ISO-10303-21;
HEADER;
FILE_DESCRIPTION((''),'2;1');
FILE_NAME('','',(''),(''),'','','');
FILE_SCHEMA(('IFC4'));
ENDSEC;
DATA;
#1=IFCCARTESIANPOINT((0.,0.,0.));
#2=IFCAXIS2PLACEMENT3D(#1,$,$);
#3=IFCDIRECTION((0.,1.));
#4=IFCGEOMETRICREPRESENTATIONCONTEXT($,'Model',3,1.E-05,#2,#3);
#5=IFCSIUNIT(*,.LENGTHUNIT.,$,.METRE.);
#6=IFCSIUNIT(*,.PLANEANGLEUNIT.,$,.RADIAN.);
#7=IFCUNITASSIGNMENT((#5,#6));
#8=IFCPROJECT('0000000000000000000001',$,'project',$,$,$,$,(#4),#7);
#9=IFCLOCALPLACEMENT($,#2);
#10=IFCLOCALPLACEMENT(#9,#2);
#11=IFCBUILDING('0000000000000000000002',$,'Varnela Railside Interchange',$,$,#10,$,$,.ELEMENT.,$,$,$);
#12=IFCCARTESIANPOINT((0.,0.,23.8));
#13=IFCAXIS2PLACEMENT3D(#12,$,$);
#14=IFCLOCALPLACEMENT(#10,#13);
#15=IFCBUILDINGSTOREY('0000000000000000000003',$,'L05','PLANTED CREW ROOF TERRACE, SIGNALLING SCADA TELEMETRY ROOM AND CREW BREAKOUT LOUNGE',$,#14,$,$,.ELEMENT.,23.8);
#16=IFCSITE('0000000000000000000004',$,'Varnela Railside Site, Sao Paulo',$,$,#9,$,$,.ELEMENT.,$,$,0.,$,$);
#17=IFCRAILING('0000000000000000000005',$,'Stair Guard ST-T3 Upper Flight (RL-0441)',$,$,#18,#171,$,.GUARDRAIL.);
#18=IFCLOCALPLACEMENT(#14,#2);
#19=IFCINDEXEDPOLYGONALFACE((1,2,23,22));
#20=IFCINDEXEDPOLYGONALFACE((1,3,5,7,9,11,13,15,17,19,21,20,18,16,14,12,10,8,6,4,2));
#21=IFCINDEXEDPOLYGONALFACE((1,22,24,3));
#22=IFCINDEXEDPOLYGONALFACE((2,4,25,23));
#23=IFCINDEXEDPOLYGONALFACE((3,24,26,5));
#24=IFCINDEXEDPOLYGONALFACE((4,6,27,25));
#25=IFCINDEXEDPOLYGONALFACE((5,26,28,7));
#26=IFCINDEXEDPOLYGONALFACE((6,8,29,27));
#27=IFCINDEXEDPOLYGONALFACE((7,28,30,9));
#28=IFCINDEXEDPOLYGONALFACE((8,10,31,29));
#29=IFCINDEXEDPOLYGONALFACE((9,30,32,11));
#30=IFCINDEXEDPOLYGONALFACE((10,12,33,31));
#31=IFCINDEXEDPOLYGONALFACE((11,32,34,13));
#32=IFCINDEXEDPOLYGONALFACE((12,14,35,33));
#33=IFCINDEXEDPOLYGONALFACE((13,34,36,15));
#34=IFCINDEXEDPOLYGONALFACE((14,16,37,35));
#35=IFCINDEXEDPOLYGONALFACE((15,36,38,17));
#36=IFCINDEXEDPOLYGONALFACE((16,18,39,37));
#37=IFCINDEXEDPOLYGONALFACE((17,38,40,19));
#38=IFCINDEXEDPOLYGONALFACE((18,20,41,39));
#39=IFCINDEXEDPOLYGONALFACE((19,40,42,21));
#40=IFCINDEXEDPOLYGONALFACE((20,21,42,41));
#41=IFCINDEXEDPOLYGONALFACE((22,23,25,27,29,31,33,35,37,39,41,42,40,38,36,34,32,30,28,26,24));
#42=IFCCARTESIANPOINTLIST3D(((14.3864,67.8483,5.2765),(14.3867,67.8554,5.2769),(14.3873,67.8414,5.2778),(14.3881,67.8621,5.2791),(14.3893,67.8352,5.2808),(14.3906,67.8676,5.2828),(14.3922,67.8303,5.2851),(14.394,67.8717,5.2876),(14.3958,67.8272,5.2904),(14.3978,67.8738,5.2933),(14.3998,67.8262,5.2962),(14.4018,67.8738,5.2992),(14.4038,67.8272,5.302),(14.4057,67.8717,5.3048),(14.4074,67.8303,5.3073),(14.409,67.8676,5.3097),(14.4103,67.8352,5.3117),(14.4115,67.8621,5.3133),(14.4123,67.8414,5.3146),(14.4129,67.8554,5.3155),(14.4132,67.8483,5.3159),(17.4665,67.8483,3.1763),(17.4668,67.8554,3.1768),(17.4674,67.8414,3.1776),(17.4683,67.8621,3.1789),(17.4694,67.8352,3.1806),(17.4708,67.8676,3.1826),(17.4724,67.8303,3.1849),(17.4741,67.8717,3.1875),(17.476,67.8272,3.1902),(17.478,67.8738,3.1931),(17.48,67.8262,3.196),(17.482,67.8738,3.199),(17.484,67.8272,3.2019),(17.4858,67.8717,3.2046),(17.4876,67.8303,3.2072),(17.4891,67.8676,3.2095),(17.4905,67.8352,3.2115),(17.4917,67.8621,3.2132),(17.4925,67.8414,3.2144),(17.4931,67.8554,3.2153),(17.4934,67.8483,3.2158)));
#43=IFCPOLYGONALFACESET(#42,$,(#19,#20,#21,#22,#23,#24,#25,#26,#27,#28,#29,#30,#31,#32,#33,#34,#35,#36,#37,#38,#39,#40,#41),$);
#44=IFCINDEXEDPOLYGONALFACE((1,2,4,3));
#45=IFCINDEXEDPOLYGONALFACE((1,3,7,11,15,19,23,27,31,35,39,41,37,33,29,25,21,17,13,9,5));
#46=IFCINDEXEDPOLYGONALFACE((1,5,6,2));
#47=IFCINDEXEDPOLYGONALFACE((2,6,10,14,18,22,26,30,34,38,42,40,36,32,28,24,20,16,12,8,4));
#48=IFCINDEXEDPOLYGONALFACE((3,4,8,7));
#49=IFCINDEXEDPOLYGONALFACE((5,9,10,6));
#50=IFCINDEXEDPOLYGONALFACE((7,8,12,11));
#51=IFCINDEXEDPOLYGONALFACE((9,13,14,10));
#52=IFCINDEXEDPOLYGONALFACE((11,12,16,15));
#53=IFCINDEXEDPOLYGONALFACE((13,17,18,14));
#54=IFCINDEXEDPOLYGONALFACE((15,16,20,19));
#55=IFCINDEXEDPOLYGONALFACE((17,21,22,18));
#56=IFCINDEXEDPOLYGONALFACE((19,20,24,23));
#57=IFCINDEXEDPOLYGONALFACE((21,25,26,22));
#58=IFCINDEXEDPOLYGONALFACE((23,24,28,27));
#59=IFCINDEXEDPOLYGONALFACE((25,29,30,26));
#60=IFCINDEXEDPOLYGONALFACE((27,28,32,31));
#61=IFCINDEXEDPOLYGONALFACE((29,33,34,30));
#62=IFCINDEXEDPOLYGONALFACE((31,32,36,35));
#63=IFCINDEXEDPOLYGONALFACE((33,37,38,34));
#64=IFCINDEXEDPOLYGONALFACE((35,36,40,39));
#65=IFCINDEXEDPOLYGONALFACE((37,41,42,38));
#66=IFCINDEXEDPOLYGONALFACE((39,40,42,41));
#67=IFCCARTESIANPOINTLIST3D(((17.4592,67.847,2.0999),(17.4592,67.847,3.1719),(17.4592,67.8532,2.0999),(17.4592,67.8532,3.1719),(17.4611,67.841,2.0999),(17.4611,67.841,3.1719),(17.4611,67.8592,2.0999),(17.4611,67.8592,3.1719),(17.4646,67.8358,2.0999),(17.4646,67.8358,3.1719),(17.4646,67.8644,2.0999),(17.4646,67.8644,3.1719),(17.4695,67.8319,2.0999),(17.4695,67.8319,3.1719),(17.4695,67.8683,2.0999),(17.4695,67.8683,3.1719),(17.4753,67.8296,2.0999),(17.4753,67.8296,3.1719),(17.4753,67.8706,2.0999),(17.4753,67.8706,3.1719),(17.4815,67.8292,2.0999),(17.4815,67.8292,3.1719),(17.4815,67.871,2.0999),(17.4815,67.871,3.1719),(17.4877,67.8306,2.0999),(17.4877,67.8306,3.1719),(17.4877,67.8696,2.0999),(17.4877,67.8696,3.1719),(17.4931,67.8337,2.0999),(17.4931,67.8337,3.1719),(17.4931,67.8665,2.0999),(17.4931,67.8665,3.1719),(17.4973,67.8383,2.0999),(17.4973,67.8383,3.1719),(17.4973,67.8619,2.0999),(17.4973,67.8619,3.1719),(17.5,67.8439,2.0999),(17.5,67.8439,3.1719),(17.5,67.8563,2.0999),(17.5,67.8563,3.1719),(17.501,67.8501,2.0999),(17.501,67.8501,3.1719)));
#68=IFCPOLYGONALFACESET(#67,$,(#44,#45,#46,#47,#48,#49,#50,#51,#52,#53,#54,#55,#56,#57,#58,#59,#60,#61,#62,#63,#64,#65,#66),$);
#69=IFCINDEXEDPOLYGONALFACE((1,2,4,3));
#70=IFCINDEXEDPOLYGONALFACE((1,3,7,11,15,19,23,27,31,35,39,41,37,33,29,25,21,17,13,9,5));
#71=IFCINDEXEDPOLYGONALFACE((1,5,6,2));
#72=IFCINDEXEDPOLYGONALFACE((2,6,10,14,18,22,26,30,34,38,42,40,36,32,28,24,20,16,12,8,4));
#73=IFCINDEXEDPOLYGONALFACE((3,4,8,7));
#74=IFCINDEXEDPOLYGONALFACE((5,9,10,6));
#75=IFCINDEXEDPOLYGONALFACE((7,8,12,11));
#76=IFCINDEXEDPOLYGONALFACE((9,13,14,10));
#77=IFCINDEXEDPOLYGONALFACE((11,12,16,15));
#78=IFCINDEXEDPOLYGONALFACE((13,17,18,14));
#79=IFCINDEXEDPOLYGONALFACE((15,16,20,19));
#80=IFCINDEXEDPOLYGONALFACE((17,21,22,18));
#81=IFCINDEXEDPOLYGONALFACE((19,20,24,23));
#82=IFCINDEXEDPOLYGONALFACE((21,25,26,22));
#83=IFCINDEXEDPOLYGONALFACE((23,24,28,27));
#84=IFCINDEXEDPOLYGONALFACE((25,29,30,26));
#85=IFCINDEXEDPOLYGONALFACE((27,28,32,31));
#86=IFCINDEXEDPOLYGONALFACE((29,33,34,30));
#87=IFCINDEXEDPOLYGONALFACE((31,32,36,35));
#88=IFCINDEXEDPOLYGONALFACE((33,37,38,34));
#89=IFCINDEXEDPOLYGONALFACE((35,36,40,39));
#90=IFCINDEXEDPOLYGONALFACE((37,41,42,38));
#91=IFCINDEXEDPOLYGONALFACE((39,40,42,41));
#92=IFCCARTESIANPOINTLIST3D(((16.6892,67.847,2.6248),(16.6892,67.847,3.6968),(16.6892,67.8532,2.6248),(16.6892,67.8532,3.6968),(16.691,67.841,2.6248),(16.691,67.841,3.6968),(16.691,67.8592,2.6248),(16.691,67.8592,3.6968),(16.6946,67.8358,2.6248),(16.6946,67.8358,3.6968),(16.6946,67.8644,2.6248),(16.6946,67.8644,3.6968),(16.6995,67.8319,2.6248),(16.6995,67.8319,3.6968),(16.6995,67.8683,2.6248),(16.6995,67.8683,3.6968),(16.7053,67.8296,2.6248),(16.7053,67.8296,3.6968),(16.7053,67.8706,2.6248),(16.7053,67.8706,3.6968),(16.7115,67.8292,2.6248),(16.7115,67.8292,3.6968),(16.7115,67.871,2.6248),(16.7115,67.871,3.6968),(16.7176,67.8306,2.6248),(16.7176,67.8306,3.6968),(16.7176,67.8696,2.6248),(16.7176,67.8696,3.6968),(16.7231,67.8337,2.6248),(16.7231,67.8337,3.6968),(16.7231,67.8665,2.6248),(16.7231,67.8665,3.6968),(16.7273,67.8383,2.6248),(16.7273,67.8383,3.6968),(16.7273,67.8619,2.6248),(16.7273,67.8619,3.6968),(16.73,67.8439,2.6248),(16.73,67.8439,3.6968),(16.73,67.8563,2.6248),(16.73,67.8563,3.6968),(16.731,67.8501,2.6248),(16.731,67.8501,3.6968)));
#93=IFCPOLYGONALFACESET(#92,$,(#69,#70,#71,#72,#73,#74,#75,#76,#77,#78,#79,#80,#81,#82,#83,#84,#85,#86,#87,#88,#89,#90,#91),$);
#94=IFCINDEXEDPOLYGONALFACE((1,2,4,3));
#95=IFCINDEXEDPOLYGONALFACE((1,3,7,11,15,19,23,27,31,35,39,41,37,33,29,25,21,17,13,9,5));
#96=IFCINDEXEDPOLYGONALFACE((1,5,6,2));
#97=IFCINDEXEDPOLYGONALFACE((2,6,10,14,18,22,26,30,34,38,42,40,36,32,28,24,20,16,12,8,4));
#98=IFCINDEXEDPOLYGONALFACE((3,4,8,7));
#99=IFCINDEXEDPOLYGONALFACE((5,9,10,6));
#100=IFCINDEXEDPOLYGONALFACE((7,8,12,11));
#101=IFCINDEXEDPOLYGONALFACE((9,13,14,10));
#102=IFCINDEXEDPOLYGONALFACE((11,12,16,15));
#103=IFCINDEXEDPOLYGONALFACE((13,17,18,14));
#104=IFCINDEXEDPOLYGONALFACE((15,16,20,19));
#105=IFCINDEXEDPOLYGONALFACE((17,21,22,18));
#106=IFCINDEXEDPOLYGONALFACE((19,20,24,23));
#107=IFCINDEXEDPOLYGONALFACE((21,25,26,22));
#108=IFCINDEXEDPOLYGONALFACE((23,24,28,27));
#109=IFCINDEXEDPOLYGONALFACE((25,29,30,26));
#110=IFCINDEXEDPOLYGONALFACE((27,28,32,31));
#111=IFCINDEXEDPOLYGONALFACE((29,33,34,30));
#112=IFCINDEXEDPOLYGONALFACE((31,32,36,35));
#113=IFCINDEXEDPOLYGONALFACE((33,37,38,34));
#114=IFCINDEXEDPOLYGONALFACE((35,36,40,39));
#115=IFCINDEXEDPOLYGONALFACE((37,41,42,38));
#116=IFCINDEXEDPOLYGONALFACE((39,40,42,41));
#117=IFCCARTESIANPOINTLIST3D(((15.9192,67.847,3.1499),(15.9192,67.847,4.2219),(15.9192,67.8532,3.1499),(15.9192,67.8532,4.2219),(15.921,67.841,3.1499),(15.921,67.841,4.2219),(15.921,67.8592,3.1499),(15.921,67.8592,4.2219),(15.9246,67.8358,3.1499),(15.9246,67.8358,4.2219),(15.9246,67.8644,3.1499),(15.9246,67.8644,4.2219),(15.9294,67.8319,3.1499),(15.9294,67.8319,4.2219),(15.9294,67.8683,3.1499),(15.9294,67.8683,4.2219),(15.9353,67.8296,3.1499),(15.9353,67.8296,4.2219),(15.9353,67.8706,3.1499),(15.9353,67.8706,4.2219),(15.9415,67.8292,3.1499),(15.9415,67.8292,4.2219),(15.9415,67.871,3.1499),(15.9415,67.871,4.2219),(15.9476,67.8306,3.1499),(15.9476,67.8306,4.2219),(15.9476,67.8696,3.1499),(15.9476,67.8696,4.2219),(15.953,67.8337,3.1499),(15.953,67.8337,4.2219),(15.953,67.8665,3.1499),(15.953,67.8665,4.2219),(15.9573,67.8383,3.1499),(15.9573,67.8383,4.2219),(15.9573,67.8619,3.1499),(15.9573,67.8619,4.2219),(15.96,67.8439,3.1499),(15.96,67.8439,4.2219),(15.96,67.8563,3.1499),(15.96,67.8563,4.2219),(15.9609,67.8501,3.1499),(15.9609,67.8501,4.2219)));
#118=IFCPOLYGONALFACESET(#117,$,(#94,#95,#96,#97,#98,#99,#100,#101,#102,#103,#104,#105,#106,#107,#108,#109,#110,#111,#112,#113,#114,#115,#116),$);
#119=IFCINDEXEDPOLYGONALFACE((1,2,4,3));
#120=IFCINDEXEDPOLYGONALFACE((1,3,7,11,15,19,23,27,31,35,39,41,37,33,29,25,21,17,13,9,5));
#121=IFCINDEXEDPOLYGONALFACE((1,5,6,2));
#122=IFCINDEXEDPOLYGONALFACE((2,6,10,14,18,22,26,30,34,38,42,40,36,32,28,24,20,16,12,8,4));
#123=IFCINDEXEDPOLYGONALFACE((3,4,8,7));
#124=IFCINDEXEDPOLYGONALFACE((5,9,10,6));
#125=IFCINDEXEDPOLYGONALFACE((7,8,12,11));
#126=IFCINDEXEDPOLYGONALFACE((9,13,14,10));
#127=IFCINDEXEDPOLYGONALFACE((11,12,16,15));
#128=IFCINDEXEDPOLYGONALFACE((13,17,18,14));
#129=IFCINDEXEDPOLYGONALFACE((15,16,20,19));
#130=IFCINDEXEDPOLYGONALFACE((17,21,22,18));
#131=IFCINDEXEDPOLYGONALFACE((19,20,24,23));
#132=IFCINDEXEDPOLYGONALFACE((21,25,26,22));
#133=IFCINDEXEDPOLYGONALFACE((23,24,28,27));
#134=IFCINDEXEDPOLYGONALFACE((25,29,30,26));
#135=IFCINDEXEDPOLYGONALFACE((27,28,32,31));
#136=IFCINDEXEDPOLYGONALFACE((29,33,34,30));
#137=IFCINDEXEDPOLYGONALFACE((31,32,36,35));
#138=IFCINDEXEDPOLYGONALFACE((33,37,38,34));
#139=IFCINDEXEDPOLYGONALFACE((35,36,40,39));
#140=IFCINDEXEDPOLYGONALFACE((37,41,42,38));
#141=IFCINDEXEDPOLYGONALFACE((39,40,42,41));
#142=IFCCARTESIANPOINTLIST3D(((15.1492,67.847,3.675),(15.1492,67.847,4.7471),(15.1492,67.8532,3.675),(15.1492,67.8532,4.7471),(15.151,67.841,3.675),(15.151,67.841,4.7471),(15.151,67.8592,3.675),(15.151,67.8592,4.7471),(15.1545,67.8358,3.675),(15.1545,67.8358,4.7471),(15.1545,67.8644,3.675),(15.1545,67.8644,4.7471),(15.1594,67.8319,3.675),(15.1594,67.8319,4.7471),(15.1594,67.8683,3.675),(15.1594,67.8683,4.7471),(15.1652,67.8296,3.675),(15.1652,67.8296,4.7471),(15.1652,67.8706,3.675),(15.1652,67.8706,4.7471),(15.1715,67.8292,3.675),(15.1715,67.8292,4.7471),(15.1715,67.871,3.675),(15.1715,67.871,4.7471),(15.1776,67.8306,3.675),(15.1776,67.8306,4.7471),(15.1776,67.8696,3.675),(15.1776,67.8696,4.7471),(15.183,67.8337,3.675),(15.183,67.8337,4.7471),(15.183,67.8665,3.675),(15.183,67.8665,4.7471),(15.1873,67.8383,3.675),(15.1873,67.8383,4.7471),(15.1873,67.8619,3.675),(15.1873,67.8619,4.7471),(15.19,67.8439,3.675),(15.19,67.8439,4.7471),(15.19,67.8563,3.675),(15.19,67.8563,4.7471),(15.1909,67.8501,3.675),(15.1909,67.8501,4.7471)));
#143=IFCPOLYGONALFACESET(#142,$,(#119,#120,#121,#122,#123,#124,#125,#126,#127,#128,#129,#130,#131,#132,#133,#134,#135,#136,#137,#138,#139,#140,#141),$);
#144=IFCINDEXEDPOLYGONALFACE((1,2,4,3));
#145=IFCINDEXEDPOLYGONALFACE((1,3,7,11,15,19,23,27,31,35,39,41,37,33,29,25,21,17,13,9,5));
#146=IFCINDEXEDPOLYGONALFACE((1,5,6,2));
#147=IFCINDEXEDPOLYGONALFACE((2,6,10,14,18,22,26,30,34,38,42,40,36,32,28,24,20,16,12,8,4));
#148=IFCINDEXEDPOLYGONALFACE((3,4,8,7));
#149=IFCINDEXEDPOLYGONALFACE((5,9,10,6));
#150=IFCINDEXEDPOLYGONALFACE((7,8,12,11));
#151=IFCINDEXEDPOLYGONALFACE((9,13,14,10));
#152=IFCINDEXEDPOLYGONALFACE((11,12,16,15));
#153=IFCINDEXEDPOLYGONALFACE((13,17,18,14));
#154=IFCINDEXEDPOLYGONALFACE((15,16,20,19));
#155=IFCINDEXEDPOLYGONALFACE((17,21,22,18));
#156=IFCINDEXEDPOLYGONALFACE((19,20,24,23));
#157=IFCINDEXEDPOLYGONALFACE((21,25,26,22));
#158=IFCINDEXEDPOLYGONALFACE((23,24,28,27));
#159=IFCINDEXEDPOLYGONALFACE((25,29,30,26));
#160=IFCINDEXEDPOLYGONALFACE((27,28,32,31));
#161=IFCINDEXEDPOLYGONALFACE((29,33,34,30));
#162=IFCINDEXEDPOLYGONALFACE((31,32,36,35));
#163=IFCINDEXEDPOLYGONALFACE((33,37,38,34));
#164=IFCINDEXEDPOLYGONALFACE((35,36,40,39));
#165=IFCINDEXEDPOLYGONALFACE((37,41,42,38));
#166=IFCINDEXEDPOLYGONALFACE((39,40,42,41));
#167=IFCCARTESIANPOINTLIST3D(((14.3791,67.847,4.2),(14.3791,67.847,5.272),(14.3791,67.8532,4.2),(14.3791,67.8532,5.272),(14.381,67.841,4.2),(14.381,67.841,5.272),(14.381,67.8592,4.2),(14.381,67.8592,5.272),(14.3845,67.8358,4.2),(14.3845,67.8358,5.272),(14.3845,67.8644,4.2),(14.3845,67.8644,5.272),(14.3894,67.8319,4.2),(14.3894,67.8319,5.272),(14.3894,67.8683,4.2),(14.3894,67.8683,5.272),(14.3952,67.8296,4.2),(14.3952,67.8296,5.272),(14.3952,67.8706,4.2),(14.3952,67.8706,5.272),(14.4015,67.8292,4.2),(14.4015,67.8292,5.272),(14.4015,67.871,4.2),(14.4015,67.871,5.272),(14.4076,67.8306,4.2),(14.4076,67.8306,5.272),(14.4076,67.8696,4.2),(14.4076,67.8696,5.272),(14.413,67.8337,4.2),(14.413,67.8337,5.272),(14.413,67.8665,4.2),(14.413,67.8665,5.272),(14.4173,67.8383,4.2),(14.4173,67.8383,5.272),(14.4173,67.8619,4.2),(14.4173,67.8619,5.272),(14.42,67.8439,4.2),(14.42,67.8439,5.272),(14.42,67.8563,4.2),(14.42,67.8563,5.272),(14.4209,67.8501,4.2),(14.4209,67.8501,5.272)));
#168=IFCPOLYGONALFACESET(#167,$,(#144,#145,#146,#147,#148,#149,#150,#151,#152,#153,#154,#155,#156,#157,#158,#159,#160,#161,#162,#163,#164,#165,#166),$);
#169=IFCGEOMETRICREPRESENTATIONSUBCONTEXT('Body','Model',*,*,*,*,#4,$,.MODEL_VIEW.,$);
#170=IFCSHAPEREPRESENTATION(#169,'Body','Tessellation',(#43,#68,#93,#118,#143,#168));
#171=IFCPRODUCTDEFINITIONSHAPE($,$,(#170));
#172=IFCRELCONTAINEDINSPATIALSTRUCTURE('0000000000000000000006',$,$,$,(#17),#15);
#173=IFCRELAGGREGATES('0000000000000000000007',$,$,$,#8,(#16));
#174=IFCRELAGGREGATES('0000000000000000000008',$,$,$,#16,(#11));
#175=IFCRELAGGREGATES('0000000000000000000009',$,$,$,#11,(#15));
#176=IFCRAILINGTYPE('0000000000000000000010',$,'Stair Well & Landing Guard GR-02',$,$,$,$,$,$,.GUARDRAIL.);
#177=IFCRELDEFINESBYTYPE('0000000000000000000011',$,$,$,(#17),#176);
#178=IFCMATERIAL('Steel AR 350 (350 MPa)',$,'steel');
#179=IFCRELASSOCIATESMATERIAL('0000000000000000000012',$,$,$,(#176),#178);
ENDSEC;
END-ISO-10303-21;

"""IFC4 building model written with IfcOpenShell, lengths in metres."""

from ifc_helpers import new_model, si_unit, direction, frame, origin, origin_2d, place, context, subcontext, project, spatial, circle, extrude, material, type_object, element, save


model = new_model("IFC4")

# Units and contexts
model_context = context("Model", 3, precision=1e-05, world=origin(), true_north=direction((0.0, 1.0)))
body_context = subcontext(model_context, "Body", "Model", "MODEL_VIEW")
ifc_project = project(units=[si_unit("LENGTHUNIT", "METRE"), si_unit("PLANEANGLEUNIT", "RADIAN")], contexts=[model_context])

# Site, building, storey
site_placement = place(None, origin())
site = spatial("IfcSite", under=ifc_project, at=site_placement, Name="Varnela Railside Site, Sao Paulo", CompositionType="ELEMENT", RefElevation=0.0)
building_placement = place(site_placement, origin())
building = spatial("IfcBuilding", under=site, at=building_placement, Name="Varnela Railside Interchange", CompositionType="ELEMENT")
storey_placement = place(building_placement, frame((0.0, 0.0, 23.8)))
storey = spatial("IfcBuildingStorey", under=building, at=storey_placement, Name="L05", Description="PLANTED CREW ROOF TERRACE, SIGNALLING SCADA TELEMETRY ROOM AND CREW BREAKOUT LOUNGE", CompositionType="ELEMENT", Elevation=23.8)

# Shared definitions
ifc_material_1 = material(Name="Steel AR 350 (350 MPa)", Category="steel")

# Railing
railing_type = type_object("IfcRailingType", Name="Stair Well & Landing Guard GR-02", PredefinedType="GUARDRAIL", material=ifc_material_1)
railing_placement = place(storey_placement, frame((17.48, 67.8501, 2.0999)))
element("IfcRailing", 1, at=railing_placement, inside=storey, type_object=railing_type, Name="Stair Guard ST-T3 Upper Flight (RL-0441)", PredefinedType="GUARDRAIL", context=body_context, shape_type="SweptSolid", body=[
    extrude(circle(Radius=0.0239, at=origin_2d()), frame((0.0, 0.0, 1.0962), z_axis=(-0.826222, 0.0, 0.563345), x_axis=(0.0, -1.0, 0.0)), (0.0, 0.0, 1.0), 3.728),
    extrude(circle(Radius=0.021, at=origin_2d()), origin(), (0.0, 0.0, 1.0), 1.072),
    extrude(circle(Radius=0.021, at=origin_2d()), frame((-0.77, 0.0, 0.5249)), (0.0, 0.0, 1.0), 1.072),
    extrude(circle(Radius=0.021, at=origin_2d()), frame((-1.54, 0.0, 1.05)), (0.0, 0.0, 1.0), 1.072),
    extrude(circle(Radius=0.021, at=origin_2d()), frame((-2.3101, 0.0, 1.5752)), (0.0, 0.0, 1.0), 1.072),
    extrude(circle(Radius=0.021, at=origin_2d()), frame((-3.0801, 0.0, 2.1001)), (0.0, 0.0, 1.0), 1.072),
])

save(model, "model.ifc")
